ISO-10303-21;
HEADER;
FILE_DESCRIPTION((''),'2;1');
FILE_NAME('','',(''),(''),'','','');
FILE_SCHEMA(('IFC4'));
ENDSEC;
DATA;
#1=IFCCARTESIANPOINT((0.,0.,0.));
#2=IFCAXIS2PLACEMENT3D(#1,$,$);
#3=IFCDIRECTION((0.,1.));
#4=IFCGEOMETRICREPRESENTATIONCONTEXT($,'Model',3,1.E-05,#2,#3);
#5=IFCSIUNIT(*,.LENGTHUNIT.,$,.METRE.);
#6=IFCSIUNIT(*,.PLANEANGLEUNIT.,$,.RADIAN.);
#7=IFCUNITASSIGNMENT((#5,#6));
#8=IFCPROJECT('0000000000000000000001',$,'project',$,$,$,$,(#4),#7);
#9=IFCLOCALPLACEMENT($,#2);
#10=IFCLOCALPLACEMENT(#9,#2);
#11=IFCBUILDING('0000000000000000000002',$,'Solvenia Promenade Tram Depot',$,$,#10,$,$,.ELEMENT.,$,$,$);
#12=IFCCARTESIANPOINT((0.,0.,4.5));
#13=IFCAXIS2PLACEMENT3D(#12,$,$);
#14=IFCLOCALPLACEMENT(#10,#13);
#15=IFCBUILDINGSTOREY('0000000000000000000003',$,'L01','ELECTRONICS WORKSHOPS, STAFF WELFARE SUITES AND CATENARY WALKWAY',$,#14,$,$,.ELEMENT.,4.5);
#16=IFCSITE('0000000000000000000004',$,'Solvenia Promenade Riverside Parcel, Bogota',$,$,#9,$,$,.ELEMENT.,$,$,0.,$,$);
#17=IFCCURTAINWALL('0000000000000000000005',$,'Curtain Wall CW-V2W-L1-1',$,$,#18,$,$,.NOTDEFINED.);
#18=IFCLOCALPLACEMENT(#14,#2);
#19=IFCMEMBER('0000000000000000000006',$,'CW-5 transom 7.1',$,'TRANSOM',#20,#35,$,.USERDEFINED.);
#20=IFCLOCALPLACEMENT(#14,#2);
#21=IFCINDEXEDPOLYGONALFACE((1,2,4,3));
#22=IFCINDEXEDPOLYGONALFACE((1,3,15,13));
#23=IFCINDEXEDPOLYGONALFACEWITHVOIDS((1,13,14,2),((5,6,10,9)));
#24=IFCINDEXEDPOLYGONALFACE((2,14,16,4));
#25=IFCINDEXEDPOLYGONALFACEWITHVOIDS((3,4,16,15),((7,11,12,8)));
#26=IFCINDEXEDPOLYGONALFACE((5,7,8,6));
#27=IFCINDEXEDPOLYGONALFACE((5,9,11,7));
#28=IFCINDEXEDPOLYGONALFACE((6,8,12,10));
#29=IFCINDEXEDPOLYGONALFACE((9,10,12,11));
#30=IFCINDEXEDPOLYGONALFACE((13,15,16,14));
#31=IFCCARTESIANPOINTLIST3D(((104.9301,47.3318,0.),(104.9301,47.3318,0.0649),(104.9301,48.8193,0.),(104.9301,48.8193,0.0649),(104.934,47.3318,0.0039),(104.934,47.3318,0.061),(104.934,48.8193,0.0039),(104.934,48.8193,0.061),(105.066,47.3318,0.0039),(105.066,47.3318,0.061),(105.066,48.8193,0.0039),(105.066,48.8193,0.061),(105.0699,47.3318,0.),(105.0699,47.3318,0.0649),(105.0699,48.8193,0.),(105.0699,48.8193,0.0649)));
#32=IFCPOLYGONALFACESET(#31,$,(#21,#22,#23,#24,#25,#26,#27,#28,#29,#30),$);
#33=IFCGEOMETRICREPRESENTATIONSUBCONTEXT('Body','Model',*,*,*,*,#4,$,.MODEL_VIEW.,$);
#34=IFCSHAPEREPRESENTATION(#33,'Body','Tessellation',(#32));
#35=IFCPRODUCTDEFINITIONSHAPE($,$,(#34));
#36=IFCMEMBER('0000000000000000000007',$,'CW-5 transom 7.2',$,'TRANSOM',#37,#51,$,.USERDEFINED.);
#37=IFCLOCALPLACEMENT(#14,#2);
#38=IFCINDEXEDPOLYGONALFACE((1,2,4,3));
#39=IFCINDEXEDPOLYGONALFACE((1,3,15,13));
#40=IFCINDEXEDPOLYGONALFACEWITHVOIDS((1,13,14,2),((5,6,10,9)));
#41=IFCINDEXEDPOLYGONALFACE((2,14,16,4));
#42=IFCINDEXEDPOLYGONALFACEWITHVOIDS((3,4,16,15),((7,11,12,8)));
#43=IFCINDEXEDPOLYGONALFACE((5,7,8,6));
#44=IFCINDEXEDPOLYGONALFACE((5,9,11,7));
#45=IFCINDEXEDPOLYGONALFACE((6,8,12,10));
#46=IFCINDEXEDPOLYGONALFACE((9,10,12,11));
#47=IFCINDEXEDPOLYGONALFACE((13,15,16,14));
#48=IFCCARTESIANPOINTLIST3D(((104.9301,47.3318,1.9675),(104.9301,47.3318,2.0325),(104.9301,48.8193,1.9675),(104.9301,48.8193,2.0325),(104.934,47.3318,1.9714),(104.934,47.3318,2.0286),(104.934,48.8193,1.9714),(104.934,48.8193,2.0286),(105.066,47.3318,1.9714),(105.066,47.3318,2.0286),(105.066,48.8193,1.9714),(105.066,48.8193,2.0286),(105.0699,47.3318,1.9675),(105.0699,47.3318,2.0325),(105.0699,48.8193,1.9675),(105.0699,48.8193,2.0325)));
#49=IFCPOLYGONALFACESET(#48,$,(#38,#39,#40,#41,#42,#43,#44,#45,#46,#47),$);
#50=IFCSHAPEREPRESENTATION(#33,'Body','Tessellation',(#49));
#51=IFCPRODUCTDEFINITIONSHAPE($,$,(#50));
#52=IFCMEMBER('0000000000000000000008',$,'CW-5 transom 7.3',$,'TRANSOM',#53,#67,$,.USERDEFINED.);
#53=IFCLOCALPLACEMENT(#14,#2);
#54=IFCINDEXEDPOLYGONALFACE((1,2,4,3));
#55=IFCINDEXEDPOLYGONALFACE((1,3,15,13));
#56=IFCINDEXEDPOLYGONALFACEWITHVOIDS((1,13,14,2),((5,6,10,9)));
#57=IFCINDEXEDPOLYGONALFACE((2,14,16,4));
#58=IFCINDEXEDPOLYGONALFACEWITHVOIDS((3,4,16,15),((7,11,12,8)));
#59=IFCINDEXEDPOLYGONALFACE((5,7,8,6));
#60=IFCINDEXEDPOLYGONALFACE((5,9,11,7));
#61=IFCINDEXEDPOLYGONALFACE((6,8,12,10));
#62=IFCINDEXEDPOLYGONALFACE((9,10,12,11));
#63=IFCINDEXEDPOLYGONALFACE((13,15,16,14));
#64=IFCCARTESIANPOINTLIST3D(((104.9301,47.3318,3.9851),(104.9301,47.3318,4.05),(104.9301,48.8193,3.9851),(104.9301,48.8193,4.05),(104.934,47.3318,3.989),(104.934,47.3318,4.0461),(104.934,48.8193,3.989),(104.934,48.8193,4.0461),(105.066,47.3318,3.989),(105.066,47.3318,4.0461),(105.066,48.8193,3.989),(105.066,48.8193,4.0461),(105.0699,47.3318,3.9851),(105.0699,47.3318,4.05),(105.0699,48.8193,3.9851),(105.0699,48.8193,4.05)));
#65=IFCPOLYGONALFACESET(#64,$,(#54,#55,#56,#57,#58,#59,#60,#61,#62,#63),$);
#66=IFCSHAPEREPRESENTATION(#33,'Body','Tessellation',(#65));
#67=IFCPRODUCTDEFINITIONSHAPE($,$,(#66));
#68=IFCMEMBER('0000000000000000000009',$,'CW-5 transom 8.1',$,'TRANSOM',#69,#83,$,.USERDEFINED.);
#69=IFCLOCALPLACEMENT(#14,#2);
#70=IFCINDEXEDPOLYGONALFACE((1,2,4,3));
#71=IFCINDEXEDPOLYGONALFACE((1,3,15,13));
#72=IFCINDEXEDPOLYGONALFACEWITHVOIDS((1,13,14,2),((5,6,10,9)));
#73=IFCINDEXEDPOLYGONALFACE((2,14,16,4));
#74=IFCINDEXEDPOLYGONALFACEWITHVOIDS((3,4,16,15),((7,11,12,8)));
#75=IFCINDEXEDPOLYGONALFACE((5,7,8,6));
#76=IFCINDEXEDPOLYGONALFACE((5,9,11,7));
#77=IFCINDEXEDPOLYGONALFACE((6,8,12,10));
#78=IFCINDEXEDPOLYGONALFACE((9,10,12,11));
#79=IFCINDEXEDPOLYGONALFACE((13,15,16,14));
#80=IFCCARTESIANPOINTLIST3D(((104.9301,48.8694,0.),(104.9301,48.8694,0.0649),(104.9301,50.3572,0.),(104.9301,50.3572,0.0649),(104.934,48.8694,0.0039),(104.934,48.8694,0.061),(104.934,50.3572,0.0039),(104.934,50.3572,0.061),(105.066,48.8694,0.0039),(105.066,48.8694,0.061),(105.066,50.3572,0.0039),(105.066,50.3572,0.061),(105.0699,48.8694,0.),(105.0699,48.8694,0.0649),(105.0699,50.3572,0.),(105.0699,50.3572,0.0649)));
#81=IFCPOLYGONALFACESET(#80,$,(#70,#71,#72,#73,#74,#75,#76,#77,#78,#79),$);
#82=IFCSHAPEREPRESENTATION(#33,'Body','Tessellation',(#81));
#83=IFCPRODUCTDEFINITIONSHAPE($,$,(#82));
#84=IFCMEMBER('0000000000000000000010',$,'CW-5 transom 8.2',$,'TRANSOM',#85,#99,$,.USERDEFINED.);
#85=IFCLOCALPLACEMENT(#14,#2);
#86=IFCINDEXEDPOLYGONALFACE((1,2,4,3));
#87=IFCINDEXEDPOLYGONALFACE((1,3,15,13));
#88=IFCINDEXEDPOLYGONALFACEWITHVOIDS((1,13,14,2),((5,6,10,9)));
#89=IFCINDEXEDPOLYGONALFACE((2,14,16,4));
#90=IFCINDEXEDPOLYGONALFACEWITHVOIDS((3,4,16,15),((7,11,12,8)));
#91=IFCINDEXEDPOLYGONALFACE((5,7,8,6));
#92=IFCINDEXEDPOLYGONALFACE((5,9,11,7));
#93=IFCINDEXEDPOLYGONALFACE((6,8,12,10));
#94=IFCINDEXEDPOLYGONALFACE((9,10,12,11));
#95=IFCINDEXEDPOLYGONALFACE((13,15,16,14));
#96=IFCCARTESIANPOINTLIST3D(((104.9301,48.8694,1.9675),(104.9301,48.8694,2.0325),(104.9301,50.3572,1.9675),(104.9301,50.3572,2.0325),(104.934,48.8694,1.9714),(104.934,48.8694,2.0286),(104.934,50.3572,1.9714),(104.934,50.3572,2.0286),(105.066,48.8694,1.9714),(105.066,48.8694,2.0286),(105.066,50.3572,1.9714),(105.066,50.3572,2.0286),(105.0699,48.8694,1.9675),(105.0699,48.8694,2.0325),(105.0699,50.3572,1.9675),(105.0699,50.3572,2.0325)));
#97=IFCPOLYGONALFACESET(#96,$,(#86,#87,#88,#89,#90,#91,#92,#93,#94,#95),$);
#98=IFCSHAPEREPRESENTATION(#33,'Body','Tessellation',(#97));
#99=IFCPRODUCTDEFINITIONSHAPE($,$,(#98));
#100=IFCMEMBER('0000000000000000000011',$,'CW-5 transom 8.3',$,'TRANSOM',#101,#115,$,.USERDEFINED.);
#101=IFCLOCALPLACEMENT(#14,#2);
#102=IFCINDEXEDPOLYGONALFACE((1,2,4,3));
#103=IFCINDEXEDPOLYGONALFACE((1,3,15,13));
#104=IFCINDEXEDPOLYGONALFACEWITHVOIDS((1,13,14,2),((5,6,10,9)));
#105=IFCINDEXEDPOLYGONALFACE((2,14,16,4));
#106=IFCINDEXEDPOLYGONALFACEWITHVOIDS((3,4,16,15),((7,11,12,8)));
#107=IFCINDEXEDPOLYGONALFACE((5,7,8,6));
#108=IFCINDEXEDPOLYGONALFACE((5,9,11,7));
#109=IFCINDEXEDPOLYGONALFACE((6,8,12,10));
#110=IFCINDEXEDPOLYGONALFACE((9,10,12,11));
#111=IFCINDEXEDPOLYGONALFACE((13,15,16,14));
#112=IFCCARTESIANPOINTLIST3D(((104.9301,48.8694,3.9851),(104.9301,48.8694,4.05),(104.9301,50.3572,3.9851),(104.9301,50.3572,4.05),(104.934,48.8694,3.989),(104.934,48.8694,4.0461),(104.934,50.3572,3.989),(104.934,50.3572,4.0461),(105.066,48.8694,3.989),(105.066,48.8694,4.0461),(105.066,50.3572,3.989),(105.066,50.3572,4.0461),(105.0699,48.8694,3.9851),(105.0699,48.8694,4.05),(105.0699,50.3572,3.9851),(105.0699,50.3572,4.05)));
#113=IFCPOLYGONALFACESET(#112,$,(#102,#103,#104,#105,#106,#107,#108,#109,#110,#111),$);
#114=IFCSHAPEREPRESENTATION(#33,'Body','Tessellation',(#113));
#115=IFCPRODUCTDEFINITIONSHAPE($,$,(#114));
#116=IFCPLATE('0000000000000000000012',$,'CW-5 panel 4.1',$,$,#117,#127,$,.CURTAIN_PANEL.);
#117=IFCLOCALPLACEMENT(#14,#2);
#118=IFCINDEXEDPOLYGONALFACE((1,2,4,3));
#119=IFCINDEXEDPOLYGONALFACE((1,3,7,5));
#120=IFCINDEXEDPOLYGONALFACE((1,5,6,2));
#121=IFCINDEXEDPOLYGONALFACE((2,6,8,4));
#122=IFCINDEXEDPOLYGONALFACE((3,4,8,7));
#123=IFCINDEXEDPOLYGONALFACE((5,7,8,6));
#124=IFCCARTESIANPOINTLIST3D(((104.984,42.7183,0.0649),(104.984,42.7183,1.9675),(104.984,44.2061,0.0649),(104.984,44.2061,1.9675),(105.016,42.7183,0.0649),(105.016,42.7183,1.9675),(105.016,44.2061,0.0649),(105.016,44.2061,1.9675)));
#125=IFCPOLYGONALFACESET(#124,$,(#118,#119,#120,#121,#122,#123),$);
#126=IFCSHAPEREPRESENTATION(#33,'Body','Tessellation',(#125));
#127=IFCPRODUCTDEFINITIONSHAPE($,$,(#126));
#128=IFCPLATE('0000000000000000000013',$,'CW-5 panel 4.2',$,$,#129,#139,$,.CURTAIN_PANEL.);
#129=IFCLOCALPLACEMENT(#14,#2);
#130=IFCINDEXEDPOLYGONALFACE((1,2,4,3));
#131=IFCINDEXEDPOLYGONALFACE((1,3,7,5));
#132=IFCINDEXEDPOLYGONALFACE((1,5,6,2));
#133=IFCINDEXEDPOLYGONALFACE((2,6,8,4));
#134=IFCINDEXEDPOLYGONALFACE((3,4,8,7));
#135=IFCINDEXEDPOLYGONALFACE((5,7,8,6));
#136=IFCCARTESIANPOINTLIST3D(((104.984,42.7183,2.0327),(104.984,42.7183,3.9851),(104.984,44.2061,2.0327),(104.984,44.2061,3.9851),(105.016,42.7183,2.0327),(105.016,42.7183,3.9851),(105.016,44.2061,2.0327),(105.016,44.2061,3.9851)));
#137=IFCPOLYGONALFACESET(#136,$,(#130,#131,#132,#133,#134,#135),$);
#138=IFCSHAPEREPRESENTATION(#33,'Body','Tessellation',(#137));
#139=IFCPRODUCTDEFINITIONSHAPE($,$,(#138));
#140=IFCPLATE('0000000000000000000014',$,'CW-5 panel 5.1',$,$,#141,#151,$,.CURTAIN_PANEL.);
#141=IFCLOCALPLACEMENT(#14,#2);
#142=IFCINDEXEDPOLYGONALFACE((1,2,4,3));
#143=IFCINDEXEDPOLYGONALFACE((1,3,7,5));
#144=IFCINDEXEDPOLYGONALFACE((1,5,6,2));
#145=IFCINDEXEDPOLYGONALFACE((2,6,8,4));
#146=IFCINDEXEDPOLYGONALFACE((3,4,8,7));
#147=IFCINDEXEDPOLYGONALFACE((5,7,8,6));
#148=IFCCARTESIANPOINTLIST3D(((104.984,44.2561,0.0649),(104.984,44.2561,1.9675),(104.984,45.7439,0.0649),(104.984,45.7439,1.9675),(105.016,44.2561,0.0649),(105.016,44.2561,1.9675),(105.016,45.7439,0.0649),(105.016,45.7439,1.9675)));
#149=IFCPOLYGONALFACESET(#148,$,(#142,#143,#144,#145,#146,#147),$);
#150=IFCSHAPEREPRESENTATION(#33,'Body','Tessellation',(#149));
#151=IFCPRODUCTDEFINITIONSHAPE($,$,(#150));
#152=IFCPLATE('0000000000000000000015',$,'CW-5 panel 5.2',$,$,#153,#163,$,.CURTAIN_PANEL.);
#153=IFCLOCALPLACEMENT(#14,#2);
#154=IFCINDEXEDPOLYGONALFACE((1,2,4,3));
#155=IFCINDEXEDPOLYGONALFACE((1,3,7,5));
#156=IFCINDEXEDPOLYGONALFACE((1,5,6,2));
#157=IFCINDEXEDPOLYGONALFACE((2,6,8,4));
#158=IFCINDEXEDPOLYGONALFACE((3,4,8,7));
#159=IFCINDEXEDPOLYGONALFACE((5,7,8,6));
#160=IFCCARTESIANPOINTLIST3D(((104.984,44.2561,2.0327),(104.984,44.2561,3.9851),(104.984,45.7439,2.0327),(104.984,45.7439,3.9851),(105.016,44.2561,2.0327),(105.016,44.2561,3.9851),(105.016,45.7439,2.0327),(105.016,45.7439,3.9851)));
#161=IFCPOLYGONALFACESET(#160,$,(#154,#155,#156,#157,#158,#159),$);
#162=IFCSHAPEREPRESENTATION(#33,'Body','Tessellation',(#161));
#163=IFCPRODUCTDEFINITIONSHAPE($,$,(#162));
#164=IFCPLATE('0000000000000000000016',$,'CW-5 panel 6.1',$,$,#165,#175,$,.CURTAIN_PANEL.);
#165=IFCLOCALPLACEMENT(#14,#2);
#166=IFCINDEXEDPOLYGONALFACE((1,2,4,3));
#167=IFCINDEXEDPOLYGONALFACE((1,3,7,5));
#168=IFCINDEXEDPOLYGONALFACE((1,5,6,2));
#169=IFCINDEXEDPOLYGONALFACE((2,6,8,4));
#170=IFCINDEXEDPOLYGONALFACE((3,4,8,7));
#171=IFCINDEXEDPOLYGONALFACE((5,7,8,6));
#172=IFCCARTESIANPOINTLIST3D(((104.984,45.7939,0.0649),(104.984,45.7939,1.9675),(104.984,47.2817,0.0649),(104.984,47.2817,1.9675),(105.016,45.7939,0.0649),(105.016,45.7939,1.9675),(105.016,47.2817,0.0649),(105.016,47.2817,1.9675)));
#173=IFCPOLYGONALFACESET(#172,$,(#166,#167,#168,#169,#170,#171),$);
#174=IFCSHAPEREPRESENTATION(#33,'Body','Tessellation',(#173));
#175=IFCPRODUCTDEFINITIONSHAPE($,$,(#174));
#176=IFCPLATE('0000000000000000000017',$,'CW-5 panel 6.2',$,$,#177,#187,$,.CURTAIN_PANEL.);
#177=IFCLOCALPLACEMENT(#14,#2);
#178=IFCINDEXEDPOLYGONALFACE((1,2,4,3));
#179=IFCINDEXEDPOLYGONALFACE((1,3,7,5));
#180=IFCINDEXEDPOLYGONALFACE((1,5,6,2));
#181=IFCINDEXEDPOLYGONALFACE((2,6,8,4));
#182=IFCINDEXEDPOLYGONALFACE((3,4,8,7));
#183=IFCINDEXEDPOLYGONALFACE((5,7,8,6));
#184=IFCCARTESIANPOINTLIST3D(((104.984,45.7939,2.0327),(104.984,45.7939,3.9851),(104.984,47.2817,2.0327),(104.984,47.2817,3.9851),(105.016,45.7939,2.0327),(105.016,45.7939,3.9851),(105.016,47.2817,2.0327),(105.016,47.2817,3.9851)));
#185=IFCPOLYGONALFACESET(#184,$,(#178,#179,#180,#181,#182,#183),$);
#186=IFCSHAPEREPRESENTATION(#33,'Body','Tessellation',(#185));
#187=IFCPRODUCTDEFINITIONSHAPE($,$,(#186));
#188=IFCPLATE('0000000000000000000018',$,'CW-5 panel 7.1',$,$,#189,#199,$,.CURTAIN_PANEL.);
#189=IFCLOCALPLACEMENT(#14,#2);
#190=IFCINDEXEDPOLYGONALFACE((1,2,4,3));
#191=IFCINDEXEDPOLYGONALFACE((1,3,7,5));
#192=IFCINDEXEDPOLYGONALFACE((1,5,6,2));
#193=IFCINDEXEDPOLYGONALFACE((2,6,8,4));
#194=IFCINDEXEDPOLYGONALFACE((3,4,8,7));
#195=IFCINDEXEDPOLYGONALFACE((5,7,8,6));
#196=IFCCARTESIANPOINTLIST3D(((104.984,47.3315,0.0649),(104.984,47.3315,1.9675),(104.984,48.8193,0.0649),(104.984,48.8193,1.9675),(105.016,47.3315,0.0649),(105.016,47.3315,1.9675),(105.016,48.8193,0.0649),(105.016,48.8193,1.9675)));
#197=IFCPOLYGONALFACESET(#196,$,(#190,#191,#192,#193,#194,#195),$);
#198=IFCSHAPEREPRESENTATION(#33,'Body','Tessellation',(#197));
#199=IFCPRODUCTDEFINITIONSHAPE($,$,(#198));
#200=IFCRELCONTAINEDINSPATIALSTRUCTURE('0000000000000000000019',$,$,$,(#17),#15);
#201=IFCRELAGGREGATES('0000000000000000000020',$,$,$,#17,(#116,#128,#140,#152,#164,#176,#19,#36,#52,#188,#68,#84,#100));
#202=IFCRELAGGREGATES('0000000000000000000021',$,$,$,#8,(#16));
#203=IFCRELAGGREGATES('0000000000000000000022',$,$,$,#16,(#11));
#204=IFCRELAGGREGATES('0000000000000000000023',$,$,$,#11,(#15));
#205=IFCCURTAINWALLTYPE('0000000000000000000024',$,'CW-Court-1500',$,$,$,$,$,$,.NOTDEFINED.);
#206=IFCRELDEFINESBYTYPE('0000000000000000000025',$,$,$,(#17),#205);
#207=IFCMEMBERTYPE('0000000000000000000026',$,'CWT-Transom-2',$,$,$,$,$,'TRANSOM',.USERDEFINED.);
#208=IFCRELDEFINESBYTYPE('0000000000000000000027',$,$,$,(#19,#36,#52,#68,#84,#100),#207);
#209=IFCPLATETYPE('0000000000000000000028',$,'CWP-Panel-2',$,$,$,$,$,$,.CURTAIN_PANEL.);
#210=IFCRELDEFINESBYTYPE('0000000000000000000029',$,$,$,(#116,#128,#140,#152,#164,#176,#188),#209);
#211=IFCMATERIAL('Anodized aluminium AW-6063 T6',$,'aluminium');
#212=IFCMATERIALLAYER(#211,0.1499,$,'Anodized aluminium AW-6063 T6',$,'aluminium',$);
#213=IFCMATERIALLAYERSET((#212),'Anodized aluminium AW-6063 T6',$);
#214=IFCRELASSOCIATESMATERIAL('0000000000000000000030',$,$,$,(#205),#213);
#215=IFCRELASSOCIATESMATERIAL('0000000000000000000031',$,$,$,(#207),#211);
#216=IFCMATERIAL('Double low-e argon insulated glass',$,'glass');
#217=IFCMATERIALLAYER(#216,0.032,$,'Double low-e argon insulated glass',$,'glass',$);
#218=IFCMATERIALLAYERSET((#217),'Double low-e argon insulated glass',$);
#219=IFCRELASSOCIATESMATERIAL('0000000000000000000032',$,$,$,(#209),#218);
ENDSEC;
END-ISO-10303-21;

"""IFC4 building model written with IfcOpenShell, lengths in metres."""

from ifc_helpers import new_model, si_unit, direction, frame, origin, origin_2d, place, context, subcontext, project, spatial, rectangle, hollow_rectangle, extrude, material, layer, layer_set, material_profile, profile_set, type_object, element, aggregate, save


model = new_model("IFC4")

# Units and contexts
model_context = context("Model", 3, precision=1e-05, world=origin(), true_north=direction((0.0, 1.0)))
body_context = subcontext(model_context, "Body", "Model", "MODEL_VIEW")
ifc_project = project(units=[si_unit("LENGTHUNIT", "METRE"), si_unit("PLANEANGLEUNIT", "RADIAN")], contexts=[model_context])

# Site, building, storey
site_placement = place(None, origin())
site = spatial("IfcSite", under=ifc_project, at=site_placement, Name="Solvenia Promenade Riverside Parcel, Bogota", CompositionType="ELEMENT", RefElevation=0.0)
building_placement = place(site_placement, origin())
building = spatial("IfcBuilding", under=site, at=building_placement, Name="Solvenia Promenade Tram Depot", CompositionType="ELEMENT")
storey_placement = place(building_placement, frame((0.0, 0.0, 4.5)))
storey = spatial("IfcBuildingStorey", under=building, at=storey_placement, Name="L01", Description="ELECTRONICS WORKSHOPS, STAFF WELFARE SUITES AND CATENARY WALKWAY", CompositionType="ELEMENT", Elevation=4.5)

# Curtain wall, members, plates
ifc_material_1 = material(Name="Anodized aluminium AW-6063 T6", Category="aluminium")
ifc_layer_1 = layer(ifc_material_1, 0.1499, Name="Anodized aluminium AW-6063 T6", Category="aluminium")
ifc_layer_set_1 = layer_set([ifc_layer_1], Name="Anodized aluminium AW-6063 T6")
curtain_wall_type = type_object("IfcCurtainWallType", Name="CW-Court-1500", PredefinedType="NOTDEFINED", material=ifc_layer_set_1)
curtain_wall_placement = place(storey_placement, origin())
curtain_wall = element("IfcCurtainWall", 1, at=curtain_wall_placement, inside=storey, type_object=curtain_wall_type, Name="Curtain Wall CW-V2W-L1-1", PredefinedType="NOTDEFINED")
ifc_material_profile_1 = material_profile(ifc_material_1, hollow_rectangle(XDim=0.1399, YDim=0.0649, WallThickness=0.0039, at=origin_2d()), Name="ALU-T2", Category="aluminium")
ifc_profile_set_1 = profile_set([ifc_material_profile_1], Name="Anodized aluminium AW-6063 T6")
member_type_1 = type_object("IfcMemberType", Name="CWT-Transom-2", ElementType="TRANSOM", PredefinedType="USERDEFINED", material=ifc_profile_set_1)
member_1_placement = place(storey_placement, frame((105.0, 47.3318, 0.0325), z_axis=(0.0, 1.0, 0.0), x_axis=(-1.0, 0.0, 0.0)))
member_1 = element("IfcMember", 2, at=member_1_placement, type_object=member_type_1, Name="CW-5 transom 7.1", ObjectType="TRANSOM", PredefinedType="USERDEFINED", context=body_context, shape_type="SweptSolid", body=[
    extrude(hollow_rectangle(XDim=0.1399, YDim=0.0649, WallThickness=0.0039, at=origin_2d()), origin(), (0.0, 0.0, 1.0), 1.4875),
])
member_2_placement = place(storey_placement, frame((105.0, 47.3318, 2.0), z_axis=(0.0, 1.0, 0.0), x_axis=(-1.0, 0.0, 0.0)))
member_2 = element("IfcMember", 3, at=member_2_placement, type_object=member_type_1, Name="CW-5 transom 7.2", ObjectType="TRANSOM", PredefinedType="USERDEFINED", context=body_context, shape_type="SweptSolid", body=[
    extrude(hollow_rectangle(XDim=0.1399, YDim=0.0649, WallThickness=0.0039, at=origin_2d()), origin(), (0.0, 0.0, 1.0), 1.4875),
])
member_3_placement = place(storey_placement, frame((105.0, 47.3318, 4.0176), z_axis=(0.0, 1.0, 0.0), x_axis=(-1.0, 0.0, 0.0)))
member_3 = element("IfcMember", 4, at=member_3_placement, type_object=member_type_1, Name="CW-5 transom 7.3", ObjectType="TRANSOM", PredefinedType="USERDEFINED", context=body_context, shape_type="SweptSolid", body=[
    extrude(hollow_rectangle(XDim=0.1399, YDim=0.0649, WallThickness=0.0039, at=origin_2d()), origin(), (0.0, 0.0, 1.0), 1.4875),
])
member_4_placement = place(storey_placement, frame((105.0, 48.8694, 0.0325), z_axis=(0.0, 1.0, 0.0), x_axis=(-1.0, 0.0, 0.0)))
member_4 = element("IfcMember", 5, at=member_4_placement, type_object=member_type_1, Name="CW-5 transom 8.1", ObjectType="TRANSOM", PredefinedType="USERDEFINED", context=body_context, shape_type="SweptSolid", body=[
    extrude(hollow_rectangle(XDim=0.1399, YDim=0.0649, WallThickness=0.0039, at=origin_2d()), origin(), (0.0, 0.0, 1.0), 1.4878),
])
member_5_placement = place(storey_placement, frame((105.0, 48.8694, 2.0), z_axis=(0.0, 1.0, 0.0), x_axis=(-1.0, 0.0, 0.0)))
member_5 = element("IfcMember", 6, at=member_5_placement, type_object=member_type_1, Name="CW-5 transom 8.2", ObjectType="TRANSOM", PredefinedType="USERDEFINED", context=body_context, shape_type="SweptSolid", body=[
    extrude(hollow_rectangle(XDim=0.1399, YDim=0.0649, WallThickness=0.0039, at=origin_2d()), origin(), (0.0, 0.0, 1.0), 1.4878),
])
member_6_placement = place(storey_placement, frame((105.0, 48.8694, 4.0176), z_axis=(0.0, 1.0, 0.0), x_axis=(-1.0, 0.0, 0.0)))
member_6 = element("IfcMember", 7, at=member_6_placement, type_object=member_type_1, Name="CW-5 transom 8.3", ObjectType="TRANSOM", PredefinedType="USERDEFINED", context=body_context, shape_type="SweptSolid", body=[
    extrude(hollow_rectangle(XDim=0.1399, YDim=0.0649, WallThickness=0.0039, at=origin_2d()), origin(), (0.0, 0.0, 1.0), 1.4878),
])
ifc_material_2 = material(Name="Double low-e argon insulated glass", Category="glass")
ifc_layer_2 = layer(ifc_material_2, 0.032, Name="Double low-e argon insulated glass", Category="glass")
ifc_layer_set_2 = layer_set([ifc_layer_2], Name="Double low-e argon insulated glass")
plate_type = type_object("IfcPlateType", Name="CWP-Panel-2", PredefinedType="CURTAIN_PANEL", material=ifc_layer_set_2)
plate_1_placement = place(storey_placement, frame((105.0, 43.4622, 0.0649), z_axis=(0.0, 0.0, 1.0), x_axis=(0.0, 1.0, 0.0)))
plate_1 = element("IfcPlate", 8, at=plate_1_placement, type_object=plate_type, Name="CW-5 panel 4.1", PredefinedType="CURTAIN_PANEL", context=body_context, shape_type="SweptSolid", body=[
    extrude(rectangle(XDim=1.4878, YDim=0.032, at=origin_2d()), origin(), (0.0, 0.0, 1.0), 1.9026),
])
plate_2_placement = place(storey_placement, frame((105.0, 43.4622, 2.0327), z_axis=(0.0, 0.0, 1.0), x_axis=(0.0, 1.0, 0.0)))
plate_2 = element("IfcPlate", 9, at=plate_2_placement, type_object=plate_type, Name="CW-5 panel 4.2", PredefinedType="CURTAIN_PANEL", context=body_context, shape_type="SweptSolid", body=[
    extrude(rectangle(XDim=1.4878, YDim=0.032, at=origin_2d()), origin(), (0.0, 0.0, 1.0), 1.9524),
])
plate_3_placement = place(storey_placement, frame((105.0, 45.0, 0.0649), z_axis=(0.0, 0.0, 1.0), x_axis=(0.0, 1.0, 0.0)))
plate_3 = element("IfcPlate", 10, at=plate_3_placement, type_object=plate_type, Name="CW-5 panel 5.1", PredefinedType="CURTAIN_PANEL", context=body_context, shape_type="SweptSolid", body=[
    extrude(rectangle(XDim=1.4878, YDim=0.032, at=origin_2d()), origin(), (0.0, 0.0, 1.0), 1.9026),
])
plate_4_placement = place(storey_placement, frame((105.0, 45.0, 2.0327), z_axis=(0.0, 0.0, 1.0), x_axis=(0.0, 1.0, 0.0)))
plate_4 = element("IfcPlate", 11, at=plate_4_placement, type_object=plate_type, Name="CW-5 panel 5.2", PredefinedType="CURTAIN_PANEL", context=body_context, shape_type="SweptSolid", body=[
    extrude(rectangle(XDim=1.4878, YDim=0.032, at=origin_2d()), origin(), (0.0, 0.0, 1.0), 1.9524),
])
plate_5_placement = place(storey_placement, frame((105.0, 46.5378, 0.0649), z_axis=(0.0, 0.0, 1.0), x_axis=(0.0, 1.0, 0.0)))
plate_5 = element("IfcPlate", 12, at=plate_5_placement, type_object=plate_type, Name="CW-5 panel 6.1", PredefinedType="CURTAIN_PANEL", context=body_context, shape_type="SweptSolid", body=[
    extrude(rectangle(XDim=1.4878, YDim=0.032, at=origin_2d()), origin(), (0.0, 0.0, 1.0), 1.9026),
])
plate_6_placement = place(storey_placement, frame((105.0, 46.5378, 2.0327), z_axis=(0.0, 0.0, 1.0), x_axis=(0.0, 1.0, 0.0)))
plate_6 = element("IfcPlate", 13, at=plate_6_placement, type_object=plate_type, Name="CW-5 panel 6.2", PredefinedType="CURTAIN_PANEL", context=body_context, shape_type="SweptSolid", body=[
    extrude(rectangle(XDim=1.4878, YDim=0.032, at=origin_2d()), origin(), (0.0, 0.0, 1.0), 1.9524),
])
plate_7_placement = place(storey_placement, frame((105.0, 48.0754, 0.0649), z_axis=(0.0, 0.0, 1.0), x_axis=(0.0, 1.0, 0.0)))
plate_7 = element("IfcPlate", 14, at=plate_7_placement, type_object=plate_type, Name="CW-5 panel 7.1", PredefinedType="CURTAIN_PANEL", context=body_context, shape_type="SweptSolid", body=[
    extrude(rectangle(XDim=1.4878, YDim=0.032, at=origin_2d()), origin(), (0.0, 0.0, 1.0), 1.9026),
])
aggregate(curtain_wall, [plate_1, plate_2, plate_3, plate_4, plate_5, plate_6, member_1, member_2, member_3, plate_7, member_4, member_5, member_6])

save(model, "model.ifc")
